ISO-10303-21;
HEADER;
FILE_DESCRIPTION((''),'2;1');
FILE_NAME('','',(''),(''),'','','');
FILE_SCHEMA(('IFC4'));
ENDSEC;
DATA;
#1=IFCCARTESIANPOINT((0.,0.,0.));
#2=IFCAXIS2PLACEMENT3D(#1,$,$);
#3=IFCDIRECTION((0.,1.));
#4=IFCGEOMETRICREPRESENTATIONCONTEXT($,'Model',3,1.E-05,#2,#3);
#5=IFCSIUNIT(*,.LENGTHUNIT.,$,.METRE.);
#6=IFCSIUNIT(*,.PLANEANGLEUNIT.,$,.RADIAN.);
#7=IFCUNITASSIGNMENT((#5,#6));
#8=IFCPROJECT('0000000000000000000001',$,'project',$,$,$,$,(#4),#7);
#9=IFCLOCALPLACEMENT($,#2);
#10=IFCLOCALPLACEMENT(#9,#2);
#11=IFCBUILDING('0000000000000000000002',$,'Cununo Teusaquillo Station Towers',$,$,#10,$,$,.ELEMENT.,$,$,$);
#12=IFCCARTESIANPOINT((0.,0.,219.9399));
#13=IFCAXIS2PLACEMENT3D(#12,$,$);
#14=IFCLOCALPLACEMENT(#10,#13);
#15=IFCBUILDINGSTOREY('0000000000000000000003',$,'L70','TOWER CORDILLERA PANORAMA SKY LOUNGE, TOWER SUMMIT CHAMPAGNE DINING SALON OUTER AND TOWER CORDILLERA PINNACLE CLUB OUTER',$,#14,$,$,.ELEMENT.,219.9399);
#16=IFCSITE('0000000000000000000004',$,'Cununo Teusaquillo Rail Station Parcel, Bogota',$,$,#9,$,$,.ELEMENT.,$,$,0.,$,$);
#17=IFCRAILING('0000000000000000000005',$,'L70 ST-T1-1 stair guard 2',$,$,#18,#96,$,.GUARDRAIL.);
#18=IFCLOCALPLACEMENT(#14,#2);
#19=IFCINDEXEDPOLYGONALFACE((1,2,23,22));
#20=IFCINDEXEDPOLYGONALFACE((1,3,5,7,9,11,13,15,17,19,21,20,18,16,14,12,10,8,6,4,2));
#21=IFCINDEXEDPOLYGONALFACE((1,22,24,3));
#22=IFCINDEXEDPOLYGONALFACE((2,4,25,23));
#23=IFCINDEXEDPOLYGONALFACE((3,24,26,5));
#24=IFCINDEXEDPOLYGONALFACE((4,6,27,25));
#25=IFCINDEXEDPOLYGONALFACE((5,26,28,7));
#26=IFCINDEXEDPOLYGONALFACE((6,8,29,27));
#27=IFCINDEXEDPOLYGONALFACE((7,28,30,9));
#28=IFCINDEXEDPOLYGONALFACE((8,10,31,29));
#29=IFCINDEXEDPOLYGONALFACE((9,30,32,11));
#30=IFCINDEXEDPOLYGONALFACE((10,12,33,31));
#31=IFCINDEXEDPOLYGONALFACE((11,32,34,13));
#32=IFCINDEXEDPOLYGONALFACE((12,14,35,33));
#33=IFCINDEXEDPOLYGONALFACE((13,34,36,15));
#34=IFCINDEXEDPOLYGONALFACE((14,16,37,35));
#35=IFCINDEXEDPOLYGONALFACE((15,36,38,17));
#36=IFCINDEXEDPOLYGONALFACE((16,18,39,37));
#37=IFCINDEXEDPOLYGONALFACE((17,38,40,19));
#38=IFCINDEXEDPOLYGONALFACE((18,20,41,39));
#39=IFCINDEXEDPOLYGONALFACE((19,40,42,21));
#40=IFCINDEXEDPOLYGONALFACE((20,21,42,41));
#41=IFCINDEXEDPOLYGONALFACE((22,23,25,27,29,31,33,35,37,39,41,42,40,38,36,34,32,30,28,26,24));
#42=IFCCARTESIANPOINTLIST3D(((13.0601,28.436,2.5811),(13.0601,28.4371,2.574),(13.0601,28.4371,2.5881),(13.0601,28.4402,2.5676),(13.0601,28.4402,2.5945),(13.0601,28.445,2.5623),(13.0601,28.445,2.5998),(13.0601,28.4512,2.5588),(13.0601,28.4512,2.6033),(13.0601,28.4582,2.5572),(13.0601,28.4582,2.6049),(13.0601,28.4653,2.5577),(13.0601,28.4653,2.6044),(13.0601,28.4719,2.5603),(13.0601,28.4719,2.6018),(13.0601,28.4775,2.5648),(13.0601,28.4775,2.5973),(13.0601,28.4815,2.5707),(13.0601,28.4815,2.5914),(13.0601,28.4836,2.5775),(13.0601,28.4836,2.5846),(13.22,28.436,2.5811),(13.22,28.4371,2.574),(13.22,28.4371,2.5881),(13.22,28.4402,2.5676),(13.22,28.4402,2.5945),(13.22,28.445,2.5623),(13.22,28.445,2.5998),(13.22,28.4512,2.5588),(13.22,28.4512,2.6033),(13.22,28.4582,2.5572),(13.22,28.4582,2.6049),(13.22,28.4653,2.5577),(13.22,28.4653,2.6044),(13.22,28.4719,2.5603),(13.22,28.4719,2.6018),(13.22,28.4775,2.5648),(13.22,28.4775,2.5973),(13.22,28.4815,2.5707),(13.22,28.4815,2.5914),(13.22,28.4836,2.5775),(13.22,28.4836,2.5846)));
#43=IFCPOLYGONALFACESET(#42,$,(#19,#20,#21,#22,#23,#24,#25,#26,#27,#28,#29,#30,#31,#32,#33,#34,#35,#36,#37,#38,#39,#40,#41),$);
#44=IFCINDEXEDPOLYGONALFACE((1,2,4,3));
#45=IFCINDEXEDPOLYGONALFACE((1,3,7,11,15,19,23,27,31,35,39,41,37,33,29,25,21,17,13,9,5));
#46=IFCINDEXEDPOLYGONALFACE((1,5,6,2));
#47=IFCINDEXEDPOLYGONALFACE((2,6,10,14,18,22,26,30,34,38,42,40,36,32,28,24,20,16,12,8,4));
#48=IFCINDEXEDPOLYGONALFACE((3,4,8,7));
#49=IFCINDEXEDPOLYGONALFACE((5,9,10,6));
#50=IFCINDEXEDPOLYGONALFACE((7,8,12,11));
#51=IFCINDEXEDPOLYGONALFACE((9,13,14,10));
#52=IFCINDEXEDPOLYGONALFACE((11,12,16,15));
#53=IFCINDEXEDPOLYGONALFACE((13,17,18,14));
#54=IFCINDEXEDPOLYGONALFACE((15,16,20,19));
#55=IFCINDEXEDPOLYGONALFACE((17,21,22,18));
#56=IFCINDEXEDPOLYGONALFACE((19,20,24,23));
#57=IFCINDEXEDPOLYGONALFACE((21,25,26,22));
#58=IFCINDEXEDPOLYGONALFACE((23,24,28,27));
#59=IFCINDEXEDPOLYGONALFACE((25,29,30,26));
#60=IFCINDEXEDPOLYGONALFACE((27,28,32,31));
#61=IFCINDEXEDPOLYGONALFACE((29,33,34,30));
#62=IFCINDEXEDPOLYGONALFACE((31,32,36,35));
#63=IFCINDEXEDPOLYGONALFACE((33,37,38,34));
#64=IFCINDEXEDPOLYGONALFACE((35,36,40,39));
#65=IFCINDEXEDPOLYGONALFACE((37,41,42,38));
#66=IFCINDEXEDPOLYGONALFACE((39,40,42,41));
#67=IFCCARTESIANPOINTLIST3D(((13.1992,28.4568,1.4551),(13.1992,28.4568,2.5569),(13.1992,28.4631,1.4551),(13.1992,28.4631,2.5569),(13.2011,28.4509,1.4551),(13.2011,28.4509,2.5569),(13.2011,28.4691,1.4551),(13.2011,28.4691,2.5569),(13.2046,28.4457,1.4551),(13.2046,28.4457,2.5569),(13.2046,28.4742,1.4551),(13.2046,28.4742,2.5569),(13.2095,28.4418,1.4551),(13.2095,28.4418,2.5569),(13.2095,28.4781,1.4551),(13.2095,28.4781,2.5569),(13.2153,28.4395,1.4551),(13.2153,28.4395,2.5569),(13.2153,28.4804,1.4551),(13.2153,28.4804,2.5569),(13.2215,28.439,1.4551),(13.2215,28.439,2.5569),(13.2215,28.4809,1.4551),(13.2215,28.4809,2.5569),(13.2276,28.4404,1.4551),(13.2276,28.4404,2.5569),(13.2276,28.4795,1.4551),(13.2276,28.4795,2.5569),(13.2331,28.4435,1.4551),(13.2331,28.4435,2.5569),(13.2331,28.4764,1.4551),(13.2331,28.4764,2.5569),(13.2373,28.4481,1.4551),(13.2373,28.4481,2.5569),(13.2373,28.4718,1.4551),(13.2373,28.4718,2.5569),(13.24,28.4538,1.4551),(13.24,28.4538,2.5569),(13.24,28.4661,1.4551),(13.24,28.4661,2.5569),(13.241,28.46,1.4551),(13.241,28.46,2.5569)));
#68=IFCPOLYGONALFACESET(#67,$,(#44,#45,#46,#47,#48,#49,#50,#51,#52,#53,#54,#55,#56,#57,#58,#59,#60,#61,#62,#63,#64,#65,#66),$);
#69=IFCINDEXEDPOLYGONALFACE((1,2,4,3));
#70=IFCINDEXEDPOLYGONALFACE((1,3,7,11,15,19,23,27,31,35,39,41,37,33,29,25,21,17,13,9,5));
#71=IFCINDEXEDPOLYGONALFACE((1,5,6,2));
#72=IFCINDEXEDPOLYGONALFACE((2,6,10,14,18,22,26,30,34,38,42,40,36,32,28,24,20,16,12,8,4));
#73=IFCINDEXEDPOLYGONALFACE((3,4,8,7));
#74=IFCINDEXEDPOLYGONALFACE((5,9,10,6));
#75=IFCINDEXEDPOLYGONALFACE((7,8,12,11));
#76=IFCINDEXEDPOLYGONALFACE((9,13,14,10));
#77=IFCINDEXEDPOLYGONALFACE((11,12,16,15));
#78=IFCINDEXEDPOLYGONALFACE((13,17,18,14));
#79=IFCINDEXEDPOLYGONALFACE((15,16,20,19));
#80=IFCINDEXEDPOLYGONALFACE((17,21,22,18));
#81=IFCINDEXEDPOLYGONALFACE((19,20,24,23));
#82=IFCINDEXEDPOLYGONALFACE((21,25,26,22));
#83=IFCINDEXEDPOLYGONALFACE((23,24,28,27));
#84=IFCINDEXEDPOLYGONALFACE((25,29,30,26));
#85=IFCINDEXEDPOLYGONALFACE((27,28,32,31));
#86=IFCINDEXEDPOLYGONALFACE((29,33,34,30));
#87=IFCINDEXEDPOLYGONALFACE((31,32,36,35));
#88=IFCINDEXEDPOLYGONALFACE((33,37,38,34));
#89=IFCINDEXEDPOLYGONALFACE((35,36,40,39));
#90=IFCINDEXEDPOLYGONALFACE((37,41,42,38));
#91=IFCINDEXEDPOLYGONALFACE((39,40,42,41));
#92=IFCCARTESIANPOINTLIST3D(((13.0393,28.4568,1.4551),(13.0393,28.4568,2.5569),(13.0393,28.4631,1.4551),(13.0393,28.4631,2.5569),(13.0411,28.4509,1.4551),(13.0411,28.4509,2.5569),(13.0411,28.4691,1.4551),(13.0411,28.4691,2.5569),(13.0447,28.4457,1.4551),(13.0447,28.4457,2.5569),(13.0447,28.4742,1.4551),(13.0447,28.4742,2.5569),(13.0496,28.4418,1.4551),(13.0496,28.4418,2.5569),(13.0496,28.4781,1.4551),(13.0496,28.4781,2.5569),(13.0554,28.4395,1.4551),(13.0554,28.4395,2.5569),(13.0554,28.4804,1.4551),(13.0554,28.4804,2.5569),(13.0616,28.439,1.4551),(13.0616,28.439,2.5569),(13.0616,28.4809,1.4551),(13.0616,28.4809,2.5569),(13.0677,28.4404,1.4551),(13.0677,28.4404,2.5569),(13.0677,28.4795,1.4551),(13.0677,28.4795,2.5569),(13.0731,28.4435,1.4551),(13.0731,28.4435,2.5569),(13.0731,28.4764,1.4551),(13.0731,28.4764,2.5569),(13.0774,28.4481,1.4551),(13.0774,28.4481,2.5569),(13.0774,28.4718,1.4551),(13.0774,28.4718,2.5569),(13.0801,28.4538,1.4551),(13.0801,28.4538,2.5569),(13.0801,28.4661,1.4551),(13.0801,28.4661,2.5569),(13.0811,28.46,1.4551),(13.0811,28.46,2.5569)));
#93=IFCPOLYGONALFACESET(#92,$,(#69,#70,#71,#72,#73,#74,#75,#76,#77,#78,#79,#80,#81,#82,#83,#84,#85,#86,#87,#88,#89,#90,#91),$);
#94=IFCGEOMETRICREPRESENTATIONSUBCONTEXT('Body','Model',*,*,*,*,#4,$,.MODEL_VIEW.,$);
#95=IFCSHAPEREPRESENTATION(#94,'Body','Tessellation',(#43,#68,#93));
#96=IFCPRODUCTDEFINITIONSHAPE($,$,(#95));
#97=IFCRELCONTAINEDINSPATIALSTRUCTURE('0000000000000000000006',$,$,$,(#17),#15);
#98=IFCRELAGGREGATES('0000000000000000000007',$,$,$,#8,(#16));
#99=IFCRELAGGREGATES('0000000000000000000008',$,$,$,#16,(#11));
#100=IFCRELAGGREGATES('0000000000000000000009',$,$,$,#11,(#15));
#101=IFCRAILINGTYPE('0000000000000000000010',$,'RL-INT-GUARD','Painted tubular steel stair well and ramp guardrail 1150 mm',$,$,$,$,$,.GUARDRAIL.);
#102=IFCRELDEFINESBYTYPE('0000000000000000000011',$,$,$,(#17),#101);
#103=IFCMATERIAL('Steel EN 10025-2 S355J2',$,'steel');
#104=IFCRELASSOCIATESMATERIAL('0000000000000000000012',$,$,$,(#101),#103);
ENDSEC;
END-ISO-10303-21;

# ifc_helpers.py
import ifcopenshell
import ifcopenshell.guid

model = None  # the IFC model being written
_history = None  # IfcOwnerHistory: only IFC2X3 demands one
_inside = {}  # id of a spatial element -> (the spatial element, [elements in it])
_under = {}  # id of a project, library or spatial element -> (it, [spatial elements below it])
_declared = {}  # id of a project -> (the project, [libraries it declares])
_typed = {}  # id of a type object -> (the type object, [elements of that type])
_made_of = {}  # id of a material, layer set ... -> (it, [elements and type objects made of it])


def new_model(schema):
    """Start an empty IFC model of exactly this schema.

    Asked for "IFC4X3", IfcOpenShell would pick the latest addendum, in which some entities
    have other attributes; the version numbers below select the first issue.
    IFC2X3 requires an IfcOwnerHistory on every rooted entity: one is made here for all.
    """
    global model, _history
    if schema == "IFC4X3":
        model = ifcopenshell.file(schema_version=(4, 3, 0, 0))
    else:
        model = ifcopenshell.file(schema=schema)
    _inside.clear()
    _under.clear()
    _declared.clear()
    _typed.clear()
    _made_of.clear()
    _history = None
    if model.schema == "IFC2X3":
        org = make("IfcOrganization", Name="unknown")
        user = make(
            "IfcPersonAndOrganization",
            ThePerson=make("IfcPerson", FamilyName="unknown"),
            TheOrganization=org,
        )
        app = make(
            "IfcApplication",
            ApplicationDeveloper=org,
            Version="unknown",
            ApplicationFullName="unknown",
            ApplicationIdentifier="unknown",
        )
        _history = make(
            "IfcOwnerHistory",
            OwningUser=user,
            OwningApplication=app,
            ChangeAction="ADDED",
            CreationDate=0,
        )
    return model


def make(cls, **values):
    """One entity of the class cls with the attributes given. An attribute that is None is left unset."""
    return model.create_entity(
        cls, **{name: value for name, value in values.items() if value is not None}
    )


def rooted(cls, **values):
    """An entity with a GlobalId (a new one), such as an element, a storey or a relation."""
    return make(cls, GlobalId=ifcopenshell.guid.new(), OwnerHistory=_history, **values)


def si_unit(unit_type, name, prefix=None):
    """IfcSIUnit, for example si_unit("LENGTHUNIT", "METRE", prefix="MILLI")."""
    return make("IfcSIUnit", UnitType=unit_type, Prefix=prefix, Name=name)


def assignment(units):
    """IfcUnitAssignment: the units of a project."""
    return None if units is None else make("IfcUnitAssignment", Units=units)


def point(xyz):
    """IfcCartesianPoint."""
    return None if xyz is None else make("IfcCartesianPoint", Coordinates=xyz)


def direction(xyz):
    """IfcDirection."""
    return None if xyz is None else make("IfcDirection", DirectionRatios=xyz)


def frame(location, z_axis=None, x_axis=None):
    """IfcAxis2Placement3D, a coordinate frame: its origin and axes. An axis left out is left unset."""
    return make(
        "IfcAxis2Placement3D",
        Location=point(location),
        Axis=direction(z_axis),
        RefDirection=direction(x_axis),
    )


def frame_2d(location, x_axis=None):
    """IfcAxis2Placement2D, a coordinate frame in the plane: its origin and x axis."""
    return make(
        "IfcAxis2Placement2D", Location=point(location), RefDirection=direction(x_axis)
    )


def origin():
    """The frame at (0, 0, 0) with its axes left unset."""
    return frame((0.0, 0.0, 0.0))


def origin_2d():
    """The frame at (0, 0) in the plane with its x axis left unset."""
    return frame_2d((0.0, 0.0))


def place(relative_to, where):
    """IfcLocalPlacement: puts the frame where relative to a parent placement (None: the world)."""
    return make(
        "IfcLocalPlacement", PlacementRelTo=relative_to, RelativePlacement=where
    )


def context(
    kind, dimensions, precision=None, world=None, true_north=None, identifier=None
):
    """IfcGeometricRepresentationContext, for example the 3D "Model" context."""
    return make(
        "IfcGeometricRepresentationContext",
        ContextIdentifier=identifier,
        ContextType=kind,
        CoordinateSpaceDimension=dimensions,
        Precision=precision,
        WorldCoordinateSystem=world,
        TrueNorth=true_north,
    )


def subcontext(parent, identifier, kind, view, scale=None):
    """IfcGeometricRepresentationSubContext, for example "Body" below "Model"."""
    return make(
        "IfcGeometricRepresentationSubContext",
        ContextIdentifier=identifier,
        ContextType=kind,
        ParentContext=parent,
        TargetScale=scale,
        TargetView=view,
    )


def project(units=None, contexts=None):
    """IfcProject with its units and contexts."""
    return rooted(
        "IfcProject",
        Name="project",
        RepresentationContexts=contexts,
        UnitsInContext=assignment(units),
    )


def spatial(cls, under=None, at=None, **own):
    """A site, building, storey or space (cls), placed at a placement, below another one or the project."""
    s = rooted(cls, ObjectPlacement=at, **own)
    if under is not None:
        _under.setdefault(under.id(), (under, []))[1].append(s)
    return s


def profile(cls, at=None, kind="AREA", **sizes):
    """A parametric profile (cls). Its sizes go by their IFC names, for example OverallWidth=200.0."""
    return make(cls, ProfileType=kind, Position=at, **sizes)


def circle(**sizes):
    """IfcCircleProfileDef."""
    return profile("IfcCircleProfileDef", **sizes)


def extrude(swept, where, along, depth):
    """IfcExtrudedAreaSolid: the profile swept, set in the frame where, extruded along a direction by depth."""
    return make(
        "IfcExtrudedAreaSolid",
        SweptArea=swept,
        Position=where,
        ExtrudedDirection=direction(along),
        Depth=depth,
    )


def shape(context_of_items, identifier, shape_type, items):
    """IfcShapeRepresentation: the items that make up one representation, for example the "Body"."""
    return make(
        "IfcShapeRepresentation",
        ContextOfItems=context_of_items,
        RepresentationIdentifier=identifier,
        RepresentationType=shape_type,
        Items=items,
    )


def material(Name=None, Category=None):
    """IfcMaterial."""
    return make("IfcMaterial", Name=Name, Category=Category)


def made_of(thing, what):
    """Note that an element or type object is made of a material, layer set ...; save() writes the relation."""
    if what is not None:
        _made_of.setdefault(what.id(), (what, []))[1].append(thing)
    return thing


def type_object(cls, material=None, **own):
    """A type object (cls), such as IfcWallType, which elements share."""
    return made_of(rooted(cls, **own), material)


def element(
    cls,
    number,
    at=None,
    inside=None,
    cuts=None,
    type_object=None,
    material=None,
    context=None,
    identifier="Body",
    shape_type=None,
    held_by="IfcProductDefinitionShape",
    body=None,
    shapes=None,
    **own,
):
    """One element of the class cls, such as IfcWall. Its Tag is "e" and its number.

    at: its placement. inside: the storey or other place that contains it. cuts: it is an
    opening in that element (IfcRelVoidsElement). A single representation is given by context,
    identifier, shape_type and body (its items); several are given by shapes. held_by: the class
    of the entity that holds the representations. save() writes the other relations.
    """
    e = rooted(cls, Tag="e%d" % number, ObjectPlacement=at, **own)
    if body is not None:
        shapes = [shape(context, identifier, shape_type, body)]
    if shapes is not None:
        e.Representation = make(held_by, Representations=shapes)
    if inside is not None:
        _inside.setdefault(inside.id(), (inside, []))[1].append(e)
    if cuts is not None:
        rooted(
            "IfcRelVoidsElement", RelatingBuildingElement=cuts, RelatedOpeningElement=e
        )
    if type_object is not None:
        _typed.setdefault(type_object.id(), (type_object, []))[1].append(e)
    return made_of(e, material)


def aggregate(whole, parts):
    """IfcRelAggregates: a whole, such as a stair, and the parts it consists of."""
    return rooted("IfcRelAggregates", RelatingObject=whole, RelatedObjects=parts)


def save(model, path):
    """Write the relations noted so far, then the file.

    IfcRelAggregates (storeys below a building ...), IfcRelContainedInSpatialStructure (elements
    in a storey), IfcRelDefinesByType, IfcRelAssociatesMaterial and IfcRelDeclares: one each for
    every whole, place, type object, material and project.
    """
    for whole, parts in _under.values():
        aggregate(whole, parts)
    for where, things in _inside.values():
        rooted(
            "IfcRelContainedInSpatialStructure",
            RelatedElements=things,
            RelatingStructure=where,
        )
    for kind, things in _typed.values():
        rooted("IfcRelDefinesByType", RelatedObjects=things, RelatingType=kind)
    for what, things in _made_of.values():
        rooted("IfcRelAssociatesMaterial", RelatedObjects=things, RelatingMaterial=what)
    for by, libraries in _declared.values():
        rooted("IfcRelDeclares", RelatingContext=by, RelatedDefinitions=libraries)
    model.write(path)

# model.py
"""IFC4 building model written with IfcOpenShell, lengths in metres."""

from ifc_helpers import new_model, si_unit, direction, frame, origin, origin_2d, place, context, subcontext, project, spatial, circle, extrude, material, type_object, element, save


model = new_model("IFC4")

# Units and contexts
model_context = context("Model", 3, precision=1e-05, world=origin(), true_north=direction((0.0, 1.0)))
body_context = subcontext(model_context, "Body", "Model", "MODEL_VIEW")
ifc_project = project(units=[si_unit("LENGTHUNIT", "METRE"), si_unit("PLANEANGLEUNIT", "RADIAN")], contexts=[model_context])

# Site, building, storey
site_placement = place(None, origin())
site = spatial("IfcSite", under=ifc_project, at=site_placement, Name="Cununo Teusaquillo Rail Station Parcel, Bogota", CompositionType="ELEMENT", RefElevation=0.0)
building_placement = place(site_placement, origin())
building = spatial("IfcBuilding", under=site, at=building_placement, Name="Cununo Teusaquillo Station Towers", CompositionType="ELEMENT")
storey_placement = place(building_placement, frame((0.0, 0.0, 219.9399)))
storey = spatial("IfcBuildingStorey", under=building, at=storey_placement, Name="L70", Description="TOWER CORDILLERA PANORAMA SKY LOUNGE, TOWER SUMMIT CHAMPAGNE DINING SALON OUTER AND TOWER CORDILLERA PINNACLE CLUB OUTER", CompositionType="ELEMENT", Elevation=219.9399)

# Railing
ifc_material_1 = material(Name="Steel EN 10025-2 S355J2", Category="steel")
railing_type_1 = type_object("IfcRailingType", Name="RL-INT-GUARD", Description="Painted tubular steel stair well and ramp guardrail 1150 mm", PredefinedType="GUARDRAIL", material=ifc_material_1)
railing_1_placement = place(storey_placement, frame((13.22, 28.46, 1.4551)))
element("IfcRailing", 1, at=railing_1_placement, inside=storey, type_object=railing_type_1, Name="L70 ST-T1-1 stair guard 2", PredefinedType="GUARDRAIL", context=body_context, shape_type="SweptSolid", body=[
    extrude(circle(Radius=0.0239, at=origin_2d()), frame((0.0, 0.0, 1.126), z_axis=(-1.0, 0.0, 0.0), x_axis=(0.0, -1.0, 0.0)), (0.0, 0.0, 1.0), 0.1599),
    extrude(circle(Radius=0.021, at=origin_2d()), origin(), (0.0, 0.0, 1.0), 1.1018),
    extrude(circle(Radius=0.021, at=origin_2d()), frame((-0.1599, 0.0, 0.0)), (0.0, 0.0, 1.0), 1.1018),
])

save(model, "model.ifc")
